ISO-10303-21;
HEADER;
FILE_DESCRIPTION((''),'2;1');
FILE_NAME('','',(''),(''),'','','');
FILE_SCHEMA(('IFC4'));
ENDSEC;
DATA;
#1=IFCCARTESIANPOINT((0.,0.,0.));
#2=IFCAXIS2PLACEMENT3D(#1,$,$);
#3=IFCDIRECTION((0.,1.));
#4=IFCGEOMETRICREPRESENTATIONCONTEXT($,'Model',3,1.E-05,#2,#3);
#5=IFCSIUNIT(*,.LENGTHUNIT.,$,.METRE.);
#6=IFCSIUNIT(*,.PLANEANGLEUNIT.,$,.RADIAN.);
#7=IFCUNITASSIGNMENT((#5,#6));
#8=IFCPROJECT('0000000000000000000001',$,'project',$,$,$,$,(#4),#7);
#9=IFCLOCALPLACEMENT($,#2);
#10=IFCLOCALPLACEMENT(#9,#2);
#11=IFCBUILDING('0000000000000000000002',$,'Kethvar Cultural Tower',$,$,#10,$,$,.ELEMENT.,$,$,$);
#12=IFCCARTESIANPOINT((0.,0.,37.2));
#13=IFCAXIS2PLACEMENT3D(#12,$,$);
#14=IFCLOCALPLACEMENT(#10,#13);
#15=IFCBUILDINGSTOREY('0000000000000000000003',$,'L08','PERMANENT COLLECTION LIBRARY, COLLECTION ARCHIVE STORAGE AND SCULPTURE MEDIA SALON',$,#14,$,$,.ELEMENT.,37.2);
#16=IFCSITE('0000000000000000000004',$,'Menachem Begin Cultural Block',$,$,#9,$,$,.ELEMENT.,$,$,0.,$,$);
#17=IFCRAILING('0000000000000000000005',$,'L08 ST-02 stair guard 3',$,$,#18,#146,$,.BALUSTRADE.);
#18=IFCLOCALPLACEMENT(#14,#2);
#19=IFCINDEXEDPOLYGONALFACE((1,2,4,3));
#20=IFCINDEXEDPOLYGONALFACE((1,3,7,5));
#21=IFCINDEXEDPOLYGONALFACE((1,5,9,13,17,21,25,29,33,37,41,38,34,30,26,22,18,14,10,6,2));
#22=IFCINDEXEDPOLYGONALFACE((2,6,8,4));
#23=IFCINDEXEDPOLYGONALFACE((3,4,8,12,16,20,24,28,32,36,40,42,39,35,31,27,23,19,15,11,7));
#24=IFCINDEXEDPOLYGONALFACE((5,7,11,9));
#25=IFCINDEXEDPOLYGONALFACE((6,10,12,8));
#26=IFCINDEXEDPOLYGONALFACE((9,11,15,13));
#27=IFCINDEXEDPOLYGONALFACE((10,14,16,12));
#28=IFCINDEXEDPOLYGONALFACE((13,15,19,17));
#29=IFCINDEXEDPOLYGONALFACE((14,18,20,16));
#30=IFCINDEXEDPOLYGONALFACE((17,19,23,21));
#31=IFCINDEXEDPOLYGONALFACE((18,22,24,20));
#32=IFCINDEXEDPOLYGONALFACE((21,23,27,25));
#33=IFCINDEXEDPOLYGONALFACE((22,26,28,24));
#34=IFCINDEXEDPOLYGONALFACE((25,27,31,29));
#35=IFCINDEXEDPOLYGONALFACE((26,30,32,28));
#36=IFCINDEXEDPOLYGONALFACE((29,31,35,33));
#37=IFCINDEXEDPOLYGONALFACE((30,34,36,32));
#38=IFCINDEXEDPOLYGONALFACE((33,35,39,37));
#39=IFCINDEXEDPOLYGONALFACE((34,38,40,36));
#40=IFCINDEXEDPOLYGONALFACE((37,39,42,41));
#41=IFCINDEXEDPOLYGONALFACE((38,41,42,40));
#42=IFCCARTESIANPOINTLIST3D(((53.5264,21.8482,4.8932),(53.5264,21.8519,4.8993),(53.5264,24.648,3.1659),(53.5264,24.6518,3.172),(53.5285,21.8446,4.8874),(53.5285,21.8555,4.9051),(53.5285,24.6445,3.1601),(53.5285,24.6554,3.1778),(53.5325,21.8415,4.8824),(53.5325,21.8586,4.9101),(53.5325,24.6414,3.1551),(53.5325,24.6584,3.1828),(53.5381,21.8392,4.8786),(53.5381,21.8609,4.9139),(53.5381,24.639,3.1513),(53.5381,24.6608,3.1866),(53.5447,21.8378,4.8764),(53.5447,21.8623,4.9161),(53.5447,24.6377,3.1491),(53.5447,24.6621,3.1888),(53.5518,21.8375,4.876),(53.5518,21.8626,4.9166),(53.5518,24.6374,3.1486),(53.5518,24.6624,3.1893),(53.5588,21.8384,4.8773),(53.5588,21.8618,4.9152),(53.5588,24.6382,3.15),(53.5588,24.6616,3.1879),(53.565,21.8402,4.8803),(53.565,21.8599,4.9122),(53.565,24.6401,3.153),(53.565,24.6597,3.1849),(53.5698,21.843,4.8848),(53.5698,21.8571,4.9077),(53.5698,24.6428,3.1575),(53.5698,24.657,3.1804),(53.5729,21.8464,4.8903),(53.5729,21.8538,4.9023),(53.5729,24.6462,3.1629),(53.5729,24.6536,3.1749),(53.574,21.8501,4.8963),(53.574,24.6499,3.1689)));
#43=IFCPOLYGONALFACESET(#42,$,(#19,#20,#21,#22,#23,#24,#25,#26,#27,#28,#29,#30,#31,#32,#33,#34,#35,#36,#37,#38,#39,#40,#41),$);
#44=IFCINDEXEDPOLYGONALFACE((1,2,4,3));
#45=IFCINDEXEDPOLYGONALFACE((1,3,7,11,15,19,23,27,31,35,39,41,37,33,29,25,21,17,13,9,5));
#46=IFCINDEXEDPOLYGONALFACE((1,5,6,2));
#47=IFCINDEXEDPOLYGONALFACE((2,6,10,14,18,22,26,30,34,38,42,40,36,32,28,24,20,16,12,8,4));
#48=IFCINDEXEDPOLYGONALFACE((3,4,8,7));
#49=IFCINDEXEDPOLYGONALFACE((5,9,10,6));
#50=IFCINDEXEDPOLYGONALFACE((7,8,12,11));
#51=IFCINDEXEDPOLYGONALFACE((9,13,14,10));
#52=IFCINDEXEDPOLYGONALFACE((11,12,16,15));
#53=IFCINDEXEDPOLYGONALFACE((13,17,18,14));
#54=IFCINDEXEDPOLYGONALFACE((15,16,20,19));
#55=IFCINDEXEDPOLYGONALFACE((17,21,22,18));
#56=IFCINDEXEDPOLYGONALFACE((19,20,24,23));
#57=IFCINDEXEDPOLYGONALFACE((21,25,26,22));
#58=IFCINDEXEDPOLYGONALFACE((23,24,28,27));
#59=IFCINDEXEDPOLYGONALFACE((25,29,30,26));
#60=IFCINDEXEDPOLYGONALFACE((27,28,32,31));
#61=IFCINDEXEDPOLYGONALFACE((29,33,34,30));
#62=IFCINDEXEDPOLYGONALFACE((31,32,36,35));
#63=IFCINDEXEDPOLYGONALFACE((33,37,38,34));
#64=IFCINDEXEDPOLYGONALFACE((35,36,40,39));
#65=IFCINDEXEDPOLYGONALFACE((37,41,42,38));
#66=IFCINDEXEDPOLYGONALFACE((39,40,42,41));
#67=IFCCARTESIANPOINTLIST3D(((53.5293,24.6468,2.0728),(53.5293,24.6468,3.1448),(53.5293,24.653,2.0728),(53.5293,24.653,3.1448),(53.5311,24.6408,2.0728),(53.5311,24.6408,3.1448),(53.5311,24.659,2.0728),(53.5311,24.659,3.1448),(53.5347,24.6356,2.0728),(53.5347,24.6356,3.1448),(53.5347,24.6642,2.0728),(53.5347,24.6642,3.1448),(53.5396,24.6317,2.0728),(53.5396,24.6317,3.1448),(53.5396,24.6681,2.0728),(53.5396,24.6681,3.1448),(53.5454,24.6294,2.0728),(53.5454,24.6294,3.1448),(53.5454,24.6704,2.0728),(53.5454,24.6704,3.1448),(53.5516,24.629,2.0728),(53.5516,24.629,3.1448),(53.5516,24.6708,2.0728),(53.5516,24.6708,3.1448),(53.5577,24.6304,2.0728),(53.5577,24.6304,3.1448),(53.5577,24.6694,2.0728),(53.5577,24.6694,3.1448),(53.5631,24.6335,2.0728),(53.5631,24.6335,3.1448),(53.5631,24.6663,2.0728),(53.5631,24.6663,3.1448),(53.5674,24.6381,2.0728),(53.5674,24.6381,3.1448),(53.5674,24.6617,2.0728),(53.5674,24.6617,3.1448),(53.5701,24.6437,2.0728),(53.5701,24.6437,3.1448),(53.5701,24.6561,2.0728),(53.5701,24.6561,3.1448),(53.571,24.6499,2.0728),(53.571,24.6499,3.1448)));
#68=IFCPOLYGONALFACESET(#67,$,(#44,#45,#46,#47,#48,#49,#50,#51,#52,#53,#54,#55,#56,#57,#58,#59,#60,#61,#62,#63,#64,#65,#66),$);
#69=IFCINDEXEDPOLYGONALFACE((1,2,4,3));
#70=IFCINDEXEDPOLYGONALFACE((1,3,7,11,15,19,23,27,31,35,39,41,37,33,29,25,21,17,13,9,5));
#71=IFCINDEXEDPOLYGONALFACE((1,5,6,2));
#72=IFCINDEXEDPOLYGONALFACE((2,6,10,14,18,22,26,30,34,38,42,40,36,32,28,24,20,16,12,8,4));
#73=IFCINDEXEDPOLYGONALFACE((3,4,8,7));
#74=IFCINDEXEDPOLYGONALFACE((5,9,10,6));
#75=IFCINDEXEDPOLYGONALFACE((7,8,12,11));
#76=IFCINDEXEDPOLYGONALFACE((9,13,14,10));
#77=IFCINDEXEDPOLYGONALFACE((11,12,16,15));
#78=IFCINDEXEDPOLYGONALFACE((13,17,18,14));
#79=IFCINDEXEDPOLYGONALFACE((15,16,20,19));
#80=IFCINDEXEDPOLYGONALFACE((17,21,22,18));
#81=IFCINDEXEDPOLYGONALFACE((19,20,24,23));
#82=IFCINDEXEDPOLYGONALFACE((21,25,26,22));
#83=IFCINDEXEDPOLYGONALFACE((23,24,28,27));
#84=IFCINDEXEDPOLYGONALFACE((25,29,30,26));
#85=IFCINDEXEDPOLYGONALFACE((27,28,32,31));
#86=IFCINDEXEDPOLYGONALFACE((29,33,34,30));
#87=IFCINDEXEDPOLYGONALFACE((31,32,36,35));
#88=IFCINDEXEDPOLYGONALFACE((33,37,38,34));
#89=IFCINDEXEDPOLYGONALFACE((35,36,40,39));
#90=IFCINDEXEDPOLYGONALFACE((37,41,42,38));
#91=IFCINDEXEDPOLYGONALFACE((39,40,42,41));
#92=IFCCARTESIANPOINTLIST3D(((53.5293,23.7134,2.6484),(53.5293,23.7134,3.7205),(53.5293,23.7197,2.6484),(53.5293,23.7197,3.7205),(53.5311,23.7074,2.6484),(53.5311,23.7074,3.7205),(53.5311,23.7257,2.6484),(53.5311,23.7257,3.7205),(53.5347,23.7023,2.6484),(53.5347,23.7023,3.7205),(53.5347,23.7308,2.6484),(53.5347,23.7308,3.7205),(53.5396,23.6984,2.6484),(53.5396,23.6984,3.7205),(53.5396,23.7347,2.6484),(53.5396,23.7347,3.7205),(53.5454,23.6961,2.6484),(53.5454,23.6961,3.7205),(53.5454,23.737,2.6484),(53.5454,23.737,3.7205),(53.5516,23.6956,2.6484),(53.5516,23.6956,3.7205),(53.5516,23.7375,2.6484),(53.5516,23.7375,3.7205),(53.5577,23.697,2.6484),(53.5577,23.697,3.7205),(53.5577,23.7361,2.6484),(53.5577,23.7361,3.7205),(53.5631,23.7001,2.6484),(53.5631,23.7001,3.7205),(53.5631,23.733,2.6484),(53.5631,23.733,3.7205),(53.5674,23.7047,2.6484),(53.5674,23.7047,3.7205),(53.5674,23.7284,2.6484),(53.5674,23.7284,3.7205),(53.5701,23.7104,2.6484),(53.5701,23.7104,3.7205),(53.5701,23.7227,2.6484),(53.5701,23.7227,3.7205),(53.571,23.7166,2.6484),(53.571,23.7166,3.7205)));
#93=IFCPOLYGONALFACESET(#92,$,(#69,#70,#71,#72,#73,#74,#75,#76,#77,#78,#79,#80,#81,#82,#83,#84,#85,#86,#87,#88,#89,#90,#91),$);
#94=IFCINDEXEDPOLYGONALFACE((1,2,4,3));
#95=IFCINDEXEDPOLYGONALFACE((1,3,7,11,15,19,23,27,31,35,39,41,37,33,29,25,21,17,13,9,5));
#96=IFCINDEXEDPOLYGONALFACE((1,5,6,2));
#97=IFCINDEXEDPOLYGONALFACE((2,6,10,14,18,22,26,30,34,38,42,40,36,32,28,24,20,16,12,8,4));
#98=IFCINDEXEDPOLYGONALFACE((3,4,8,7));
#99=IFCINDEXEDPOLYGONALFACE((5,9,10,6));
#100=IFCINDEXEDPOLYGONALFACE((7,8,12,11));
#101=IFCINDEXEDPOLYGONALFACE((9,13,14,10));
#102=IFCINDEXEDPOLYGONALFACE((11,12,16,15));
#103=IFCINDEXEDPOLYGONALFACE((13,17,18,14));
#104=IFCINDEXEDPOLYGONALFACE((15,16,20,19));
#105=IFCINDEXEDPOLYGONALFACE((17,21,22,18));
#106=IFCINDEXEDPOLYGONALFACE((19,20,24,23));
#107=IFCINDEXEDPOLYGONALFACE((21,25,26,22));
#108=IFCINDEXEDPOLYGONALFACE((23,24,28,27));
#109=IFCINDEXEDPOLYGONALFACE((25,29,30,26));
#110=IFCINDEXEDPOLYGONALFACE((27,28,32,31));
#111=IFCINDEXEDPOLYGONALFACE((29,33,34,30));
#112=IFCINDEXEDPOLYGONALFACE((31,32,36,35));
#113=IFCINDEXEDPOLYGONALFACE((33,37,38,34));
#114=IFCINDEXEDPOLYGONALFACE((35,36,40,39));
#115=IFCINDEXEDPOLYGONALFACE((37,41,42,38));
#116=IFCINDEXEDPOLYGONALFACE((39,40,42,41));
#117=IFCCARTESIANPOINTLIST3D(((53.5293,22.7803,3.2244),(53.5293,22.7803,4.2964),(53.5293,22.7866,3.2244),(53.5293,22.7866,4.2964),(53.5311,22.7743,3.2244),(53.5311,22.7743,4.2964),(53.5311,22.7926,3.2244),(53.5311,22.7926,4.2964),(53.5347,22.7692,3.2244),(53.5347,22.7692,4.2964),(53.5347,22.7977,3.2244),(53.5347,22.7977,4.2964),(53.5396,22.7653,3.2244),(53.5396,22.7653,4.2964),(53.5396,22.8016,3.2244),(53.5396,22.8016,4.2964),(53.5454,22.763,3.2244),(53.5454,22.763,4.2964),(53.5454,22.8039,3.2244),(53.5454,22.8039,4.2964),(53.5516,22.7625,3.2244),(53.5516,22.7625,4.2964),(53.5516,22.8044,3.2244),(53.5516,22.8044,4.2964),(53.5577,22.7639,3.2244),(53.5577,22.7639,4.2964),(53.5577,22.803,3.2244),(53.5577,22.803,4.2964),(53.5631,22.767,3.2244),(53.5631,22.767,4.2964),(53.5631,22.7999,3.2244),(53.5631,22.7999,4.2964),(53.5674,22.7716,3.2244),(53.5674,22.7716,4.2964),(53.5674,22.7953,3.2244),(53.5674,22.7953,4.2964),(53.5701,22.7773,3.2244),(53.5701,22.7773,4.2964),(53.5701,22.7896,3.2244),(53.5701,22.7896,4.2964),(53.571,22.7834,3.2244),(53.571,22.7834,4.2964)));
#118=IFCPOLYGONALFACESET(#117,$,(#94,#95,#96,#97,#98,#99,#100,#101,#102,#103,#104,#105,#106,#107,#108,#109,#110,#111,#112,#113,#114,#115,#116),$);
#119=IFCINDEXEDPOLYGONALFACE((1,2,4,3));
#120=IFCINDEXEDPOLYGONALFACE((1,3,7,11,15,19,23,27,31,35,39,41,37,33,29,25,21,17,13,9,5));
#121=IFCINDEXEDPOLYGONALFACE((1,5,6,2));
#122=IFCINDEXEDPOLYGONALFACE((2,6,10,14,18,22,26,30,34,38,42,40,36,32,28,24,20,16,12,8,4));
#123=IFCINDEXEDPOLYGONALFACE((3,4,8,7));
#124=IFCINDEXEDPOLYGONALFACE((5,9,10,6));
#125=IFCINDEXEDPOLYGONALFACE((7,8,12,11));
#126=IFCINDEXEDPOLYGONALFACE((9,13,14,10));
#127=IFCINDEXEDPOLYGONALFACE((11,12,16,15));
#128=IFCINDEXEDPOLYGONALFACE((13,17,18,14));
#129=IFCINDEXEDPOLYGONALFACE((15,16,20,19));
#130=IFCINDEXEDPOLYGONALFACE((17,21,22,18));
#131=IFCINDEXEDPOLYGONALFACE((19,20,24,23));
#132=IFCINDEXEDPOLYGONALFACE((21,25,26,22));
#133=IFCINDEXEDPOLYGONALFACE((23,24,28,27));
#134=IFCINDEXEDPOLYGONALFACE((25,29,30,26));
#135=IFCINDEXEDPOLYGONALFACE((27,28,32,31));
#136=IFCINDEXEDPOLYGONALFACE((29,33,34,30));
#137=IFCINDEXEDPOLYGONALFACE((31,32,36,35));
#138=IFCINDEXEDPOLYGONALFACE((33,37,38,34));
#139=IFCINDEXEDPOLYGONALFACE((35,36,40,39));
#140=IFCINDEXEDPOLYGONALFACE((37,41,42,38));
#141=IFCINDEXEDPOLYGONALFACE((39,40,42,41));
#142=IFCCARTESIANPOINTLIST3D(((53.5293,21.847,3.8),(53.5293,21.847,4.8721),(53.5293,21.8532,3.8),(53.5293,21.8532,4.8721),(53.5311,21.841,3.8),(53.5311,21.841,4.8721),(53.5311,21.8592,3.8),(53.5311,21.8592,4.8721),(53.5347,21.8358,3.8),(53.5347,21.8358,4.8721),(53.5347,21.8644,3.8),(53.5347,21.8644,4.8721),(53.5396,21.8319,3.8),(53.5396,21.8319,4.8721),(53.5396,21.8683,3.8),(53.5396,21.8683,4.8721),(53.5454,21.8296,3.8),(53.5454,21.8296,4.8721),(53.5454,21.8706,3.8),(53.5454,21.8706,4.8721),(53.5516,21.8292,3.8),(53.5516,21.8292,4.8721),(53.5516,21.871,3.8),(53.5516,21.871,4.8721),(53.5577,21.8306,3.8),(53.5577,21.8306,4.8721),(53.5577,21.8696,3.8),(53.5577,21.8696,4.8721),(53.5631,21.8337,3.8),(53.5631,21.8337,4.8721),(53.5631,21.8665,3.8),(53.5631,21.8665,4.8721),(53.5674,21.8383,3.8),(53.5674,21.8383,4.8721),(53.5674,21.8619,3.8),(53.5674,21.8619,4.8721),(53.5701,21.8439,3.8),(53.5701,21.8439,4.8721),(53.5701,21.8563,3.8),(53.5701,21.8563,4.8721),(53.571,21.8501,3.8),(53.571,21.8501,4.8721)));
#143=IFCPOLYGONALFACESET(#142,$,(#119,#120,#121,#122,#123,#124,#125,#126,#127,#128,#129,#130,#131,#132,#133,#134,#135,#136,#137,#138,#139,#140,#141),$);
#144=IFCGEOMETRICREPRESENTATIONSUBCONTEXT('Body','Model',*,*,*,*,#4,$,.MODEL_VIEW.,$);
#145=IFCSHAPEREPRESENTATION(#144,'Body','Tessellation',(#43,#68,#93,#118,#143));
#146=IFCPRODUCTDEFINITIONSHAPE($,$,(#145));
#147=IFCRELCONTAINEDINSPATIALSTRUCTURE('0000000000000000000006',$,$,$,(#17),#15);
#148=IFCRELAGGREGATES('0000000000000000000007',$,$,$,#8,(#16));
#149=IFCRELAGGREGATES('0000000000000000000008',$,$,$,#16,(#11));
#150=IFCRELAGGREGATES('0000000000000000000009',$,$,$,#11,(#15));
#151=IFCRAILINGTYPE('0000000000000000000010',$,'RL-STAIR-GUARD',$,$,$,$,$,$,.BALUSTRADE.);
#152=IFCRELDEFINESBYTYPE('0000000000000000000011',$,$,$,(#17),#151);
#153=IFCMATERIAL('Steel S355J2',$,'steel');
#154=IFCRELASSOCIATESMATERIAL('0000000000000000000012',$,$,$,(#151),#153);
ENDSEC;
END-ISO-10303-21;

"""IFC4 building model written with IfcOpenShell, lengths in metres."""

from ifc_helpers import new_model, si_unit, direction, frame, origin, origin_2d, place, context, subcontext, project, spatial, circle, extrude, material, type_object, element, save


model = new_model("IFC4")

# Units and contexts
model_context = context("Model", 3, precision=1e-05, world=origin(), true_north=direction((0.0, 1.0)))
body_context = subcontext(model_context, "Body", "Model", "MODEL_VIEW")
ifc_project = project(units=[si_unit("LENGTHUNIT", "METRE"), si_unit("PLANEANGLEUNIT", "RADIAN")], contexts=[model_context])

# Site, building, storey
site_placement = place(None, origin())
site = spatial("IfcSite", under=ifc_project, at=site_placement, Name="Menachem Begin Cultural Block", CompositionType="ELEMENT", RefElevation=0.0)
building_placement = place(site_placement, origin())
building = spatial("IfcBuilding", under=site, at=building_placement, Name="Kethvar Cultural Tower", CompositionType="ELEMENT")
storey_placement = place(building_placement, frame((0.0, 0.0, 37.2)))
storey = spatial("IfcBuildingStorey", under=building, at=storey_placement, Name="L08", Description="PERMANENT COLLECTION LIBRARY, COLLECTION ARCHIVE STORAGE AND SCULPTURE MEDIA SALON", CompositionType="ELEMENT", Elevation=37.2)

# Shared definitions
ifc_material_1 = material(Name="Steel S355J2", Category="steel")

# Railing
railing_type_1 = type_object("IfcRailingType", Name="RL-STAIR-GUARD", PredefinedType="BALUSTRADE", material=ifc_material_1)
railing_1_placement = place(storey_placement, frame((53.55, 24.6499, 2.0728)))
element("IfcRailing", 1, at=railing_1_placement, inside=storey, type_object=railing_type_1, Name="L08 ST-02 stair guard 3", PredefinedType="BALUSTRADE", context=body_context, shape_type="SweptSolid", body=[
    extrude(circle(Radius=0.0239, at=origin_2d()), frame((0.0, 0.0, 1.0962), z_axis=(0.0, -0.851069, 0.525054), x_axis=(1.0, 0.0, 0.0)), (0.0, 0.0, 1.0), 3.2898),
    extrude(circle(Radius=0.021, at=origin_2d()), origin(), (0.0, 0.0, 1.0), 1.072),
    extrude(circle(Radius=0.021, at=origin_2d()), frame((0.0, -0.9333, 0.5757)), (0.0, 0.0, 1.0), 1.072),
    extrude(circle(Radius=0.021, at=origin_2d()), frame((0.0, -1.8665, 1.1516)), (0.0, 0.0, 1.0), 1.072),
    extrude(circle(Radius=0.021, at=origin_2d()), frame((0.0, -2.7998, 1.7273)), (0.0, 0.0, 1.0), 1.072),
])

save(model, "model.ifc")
